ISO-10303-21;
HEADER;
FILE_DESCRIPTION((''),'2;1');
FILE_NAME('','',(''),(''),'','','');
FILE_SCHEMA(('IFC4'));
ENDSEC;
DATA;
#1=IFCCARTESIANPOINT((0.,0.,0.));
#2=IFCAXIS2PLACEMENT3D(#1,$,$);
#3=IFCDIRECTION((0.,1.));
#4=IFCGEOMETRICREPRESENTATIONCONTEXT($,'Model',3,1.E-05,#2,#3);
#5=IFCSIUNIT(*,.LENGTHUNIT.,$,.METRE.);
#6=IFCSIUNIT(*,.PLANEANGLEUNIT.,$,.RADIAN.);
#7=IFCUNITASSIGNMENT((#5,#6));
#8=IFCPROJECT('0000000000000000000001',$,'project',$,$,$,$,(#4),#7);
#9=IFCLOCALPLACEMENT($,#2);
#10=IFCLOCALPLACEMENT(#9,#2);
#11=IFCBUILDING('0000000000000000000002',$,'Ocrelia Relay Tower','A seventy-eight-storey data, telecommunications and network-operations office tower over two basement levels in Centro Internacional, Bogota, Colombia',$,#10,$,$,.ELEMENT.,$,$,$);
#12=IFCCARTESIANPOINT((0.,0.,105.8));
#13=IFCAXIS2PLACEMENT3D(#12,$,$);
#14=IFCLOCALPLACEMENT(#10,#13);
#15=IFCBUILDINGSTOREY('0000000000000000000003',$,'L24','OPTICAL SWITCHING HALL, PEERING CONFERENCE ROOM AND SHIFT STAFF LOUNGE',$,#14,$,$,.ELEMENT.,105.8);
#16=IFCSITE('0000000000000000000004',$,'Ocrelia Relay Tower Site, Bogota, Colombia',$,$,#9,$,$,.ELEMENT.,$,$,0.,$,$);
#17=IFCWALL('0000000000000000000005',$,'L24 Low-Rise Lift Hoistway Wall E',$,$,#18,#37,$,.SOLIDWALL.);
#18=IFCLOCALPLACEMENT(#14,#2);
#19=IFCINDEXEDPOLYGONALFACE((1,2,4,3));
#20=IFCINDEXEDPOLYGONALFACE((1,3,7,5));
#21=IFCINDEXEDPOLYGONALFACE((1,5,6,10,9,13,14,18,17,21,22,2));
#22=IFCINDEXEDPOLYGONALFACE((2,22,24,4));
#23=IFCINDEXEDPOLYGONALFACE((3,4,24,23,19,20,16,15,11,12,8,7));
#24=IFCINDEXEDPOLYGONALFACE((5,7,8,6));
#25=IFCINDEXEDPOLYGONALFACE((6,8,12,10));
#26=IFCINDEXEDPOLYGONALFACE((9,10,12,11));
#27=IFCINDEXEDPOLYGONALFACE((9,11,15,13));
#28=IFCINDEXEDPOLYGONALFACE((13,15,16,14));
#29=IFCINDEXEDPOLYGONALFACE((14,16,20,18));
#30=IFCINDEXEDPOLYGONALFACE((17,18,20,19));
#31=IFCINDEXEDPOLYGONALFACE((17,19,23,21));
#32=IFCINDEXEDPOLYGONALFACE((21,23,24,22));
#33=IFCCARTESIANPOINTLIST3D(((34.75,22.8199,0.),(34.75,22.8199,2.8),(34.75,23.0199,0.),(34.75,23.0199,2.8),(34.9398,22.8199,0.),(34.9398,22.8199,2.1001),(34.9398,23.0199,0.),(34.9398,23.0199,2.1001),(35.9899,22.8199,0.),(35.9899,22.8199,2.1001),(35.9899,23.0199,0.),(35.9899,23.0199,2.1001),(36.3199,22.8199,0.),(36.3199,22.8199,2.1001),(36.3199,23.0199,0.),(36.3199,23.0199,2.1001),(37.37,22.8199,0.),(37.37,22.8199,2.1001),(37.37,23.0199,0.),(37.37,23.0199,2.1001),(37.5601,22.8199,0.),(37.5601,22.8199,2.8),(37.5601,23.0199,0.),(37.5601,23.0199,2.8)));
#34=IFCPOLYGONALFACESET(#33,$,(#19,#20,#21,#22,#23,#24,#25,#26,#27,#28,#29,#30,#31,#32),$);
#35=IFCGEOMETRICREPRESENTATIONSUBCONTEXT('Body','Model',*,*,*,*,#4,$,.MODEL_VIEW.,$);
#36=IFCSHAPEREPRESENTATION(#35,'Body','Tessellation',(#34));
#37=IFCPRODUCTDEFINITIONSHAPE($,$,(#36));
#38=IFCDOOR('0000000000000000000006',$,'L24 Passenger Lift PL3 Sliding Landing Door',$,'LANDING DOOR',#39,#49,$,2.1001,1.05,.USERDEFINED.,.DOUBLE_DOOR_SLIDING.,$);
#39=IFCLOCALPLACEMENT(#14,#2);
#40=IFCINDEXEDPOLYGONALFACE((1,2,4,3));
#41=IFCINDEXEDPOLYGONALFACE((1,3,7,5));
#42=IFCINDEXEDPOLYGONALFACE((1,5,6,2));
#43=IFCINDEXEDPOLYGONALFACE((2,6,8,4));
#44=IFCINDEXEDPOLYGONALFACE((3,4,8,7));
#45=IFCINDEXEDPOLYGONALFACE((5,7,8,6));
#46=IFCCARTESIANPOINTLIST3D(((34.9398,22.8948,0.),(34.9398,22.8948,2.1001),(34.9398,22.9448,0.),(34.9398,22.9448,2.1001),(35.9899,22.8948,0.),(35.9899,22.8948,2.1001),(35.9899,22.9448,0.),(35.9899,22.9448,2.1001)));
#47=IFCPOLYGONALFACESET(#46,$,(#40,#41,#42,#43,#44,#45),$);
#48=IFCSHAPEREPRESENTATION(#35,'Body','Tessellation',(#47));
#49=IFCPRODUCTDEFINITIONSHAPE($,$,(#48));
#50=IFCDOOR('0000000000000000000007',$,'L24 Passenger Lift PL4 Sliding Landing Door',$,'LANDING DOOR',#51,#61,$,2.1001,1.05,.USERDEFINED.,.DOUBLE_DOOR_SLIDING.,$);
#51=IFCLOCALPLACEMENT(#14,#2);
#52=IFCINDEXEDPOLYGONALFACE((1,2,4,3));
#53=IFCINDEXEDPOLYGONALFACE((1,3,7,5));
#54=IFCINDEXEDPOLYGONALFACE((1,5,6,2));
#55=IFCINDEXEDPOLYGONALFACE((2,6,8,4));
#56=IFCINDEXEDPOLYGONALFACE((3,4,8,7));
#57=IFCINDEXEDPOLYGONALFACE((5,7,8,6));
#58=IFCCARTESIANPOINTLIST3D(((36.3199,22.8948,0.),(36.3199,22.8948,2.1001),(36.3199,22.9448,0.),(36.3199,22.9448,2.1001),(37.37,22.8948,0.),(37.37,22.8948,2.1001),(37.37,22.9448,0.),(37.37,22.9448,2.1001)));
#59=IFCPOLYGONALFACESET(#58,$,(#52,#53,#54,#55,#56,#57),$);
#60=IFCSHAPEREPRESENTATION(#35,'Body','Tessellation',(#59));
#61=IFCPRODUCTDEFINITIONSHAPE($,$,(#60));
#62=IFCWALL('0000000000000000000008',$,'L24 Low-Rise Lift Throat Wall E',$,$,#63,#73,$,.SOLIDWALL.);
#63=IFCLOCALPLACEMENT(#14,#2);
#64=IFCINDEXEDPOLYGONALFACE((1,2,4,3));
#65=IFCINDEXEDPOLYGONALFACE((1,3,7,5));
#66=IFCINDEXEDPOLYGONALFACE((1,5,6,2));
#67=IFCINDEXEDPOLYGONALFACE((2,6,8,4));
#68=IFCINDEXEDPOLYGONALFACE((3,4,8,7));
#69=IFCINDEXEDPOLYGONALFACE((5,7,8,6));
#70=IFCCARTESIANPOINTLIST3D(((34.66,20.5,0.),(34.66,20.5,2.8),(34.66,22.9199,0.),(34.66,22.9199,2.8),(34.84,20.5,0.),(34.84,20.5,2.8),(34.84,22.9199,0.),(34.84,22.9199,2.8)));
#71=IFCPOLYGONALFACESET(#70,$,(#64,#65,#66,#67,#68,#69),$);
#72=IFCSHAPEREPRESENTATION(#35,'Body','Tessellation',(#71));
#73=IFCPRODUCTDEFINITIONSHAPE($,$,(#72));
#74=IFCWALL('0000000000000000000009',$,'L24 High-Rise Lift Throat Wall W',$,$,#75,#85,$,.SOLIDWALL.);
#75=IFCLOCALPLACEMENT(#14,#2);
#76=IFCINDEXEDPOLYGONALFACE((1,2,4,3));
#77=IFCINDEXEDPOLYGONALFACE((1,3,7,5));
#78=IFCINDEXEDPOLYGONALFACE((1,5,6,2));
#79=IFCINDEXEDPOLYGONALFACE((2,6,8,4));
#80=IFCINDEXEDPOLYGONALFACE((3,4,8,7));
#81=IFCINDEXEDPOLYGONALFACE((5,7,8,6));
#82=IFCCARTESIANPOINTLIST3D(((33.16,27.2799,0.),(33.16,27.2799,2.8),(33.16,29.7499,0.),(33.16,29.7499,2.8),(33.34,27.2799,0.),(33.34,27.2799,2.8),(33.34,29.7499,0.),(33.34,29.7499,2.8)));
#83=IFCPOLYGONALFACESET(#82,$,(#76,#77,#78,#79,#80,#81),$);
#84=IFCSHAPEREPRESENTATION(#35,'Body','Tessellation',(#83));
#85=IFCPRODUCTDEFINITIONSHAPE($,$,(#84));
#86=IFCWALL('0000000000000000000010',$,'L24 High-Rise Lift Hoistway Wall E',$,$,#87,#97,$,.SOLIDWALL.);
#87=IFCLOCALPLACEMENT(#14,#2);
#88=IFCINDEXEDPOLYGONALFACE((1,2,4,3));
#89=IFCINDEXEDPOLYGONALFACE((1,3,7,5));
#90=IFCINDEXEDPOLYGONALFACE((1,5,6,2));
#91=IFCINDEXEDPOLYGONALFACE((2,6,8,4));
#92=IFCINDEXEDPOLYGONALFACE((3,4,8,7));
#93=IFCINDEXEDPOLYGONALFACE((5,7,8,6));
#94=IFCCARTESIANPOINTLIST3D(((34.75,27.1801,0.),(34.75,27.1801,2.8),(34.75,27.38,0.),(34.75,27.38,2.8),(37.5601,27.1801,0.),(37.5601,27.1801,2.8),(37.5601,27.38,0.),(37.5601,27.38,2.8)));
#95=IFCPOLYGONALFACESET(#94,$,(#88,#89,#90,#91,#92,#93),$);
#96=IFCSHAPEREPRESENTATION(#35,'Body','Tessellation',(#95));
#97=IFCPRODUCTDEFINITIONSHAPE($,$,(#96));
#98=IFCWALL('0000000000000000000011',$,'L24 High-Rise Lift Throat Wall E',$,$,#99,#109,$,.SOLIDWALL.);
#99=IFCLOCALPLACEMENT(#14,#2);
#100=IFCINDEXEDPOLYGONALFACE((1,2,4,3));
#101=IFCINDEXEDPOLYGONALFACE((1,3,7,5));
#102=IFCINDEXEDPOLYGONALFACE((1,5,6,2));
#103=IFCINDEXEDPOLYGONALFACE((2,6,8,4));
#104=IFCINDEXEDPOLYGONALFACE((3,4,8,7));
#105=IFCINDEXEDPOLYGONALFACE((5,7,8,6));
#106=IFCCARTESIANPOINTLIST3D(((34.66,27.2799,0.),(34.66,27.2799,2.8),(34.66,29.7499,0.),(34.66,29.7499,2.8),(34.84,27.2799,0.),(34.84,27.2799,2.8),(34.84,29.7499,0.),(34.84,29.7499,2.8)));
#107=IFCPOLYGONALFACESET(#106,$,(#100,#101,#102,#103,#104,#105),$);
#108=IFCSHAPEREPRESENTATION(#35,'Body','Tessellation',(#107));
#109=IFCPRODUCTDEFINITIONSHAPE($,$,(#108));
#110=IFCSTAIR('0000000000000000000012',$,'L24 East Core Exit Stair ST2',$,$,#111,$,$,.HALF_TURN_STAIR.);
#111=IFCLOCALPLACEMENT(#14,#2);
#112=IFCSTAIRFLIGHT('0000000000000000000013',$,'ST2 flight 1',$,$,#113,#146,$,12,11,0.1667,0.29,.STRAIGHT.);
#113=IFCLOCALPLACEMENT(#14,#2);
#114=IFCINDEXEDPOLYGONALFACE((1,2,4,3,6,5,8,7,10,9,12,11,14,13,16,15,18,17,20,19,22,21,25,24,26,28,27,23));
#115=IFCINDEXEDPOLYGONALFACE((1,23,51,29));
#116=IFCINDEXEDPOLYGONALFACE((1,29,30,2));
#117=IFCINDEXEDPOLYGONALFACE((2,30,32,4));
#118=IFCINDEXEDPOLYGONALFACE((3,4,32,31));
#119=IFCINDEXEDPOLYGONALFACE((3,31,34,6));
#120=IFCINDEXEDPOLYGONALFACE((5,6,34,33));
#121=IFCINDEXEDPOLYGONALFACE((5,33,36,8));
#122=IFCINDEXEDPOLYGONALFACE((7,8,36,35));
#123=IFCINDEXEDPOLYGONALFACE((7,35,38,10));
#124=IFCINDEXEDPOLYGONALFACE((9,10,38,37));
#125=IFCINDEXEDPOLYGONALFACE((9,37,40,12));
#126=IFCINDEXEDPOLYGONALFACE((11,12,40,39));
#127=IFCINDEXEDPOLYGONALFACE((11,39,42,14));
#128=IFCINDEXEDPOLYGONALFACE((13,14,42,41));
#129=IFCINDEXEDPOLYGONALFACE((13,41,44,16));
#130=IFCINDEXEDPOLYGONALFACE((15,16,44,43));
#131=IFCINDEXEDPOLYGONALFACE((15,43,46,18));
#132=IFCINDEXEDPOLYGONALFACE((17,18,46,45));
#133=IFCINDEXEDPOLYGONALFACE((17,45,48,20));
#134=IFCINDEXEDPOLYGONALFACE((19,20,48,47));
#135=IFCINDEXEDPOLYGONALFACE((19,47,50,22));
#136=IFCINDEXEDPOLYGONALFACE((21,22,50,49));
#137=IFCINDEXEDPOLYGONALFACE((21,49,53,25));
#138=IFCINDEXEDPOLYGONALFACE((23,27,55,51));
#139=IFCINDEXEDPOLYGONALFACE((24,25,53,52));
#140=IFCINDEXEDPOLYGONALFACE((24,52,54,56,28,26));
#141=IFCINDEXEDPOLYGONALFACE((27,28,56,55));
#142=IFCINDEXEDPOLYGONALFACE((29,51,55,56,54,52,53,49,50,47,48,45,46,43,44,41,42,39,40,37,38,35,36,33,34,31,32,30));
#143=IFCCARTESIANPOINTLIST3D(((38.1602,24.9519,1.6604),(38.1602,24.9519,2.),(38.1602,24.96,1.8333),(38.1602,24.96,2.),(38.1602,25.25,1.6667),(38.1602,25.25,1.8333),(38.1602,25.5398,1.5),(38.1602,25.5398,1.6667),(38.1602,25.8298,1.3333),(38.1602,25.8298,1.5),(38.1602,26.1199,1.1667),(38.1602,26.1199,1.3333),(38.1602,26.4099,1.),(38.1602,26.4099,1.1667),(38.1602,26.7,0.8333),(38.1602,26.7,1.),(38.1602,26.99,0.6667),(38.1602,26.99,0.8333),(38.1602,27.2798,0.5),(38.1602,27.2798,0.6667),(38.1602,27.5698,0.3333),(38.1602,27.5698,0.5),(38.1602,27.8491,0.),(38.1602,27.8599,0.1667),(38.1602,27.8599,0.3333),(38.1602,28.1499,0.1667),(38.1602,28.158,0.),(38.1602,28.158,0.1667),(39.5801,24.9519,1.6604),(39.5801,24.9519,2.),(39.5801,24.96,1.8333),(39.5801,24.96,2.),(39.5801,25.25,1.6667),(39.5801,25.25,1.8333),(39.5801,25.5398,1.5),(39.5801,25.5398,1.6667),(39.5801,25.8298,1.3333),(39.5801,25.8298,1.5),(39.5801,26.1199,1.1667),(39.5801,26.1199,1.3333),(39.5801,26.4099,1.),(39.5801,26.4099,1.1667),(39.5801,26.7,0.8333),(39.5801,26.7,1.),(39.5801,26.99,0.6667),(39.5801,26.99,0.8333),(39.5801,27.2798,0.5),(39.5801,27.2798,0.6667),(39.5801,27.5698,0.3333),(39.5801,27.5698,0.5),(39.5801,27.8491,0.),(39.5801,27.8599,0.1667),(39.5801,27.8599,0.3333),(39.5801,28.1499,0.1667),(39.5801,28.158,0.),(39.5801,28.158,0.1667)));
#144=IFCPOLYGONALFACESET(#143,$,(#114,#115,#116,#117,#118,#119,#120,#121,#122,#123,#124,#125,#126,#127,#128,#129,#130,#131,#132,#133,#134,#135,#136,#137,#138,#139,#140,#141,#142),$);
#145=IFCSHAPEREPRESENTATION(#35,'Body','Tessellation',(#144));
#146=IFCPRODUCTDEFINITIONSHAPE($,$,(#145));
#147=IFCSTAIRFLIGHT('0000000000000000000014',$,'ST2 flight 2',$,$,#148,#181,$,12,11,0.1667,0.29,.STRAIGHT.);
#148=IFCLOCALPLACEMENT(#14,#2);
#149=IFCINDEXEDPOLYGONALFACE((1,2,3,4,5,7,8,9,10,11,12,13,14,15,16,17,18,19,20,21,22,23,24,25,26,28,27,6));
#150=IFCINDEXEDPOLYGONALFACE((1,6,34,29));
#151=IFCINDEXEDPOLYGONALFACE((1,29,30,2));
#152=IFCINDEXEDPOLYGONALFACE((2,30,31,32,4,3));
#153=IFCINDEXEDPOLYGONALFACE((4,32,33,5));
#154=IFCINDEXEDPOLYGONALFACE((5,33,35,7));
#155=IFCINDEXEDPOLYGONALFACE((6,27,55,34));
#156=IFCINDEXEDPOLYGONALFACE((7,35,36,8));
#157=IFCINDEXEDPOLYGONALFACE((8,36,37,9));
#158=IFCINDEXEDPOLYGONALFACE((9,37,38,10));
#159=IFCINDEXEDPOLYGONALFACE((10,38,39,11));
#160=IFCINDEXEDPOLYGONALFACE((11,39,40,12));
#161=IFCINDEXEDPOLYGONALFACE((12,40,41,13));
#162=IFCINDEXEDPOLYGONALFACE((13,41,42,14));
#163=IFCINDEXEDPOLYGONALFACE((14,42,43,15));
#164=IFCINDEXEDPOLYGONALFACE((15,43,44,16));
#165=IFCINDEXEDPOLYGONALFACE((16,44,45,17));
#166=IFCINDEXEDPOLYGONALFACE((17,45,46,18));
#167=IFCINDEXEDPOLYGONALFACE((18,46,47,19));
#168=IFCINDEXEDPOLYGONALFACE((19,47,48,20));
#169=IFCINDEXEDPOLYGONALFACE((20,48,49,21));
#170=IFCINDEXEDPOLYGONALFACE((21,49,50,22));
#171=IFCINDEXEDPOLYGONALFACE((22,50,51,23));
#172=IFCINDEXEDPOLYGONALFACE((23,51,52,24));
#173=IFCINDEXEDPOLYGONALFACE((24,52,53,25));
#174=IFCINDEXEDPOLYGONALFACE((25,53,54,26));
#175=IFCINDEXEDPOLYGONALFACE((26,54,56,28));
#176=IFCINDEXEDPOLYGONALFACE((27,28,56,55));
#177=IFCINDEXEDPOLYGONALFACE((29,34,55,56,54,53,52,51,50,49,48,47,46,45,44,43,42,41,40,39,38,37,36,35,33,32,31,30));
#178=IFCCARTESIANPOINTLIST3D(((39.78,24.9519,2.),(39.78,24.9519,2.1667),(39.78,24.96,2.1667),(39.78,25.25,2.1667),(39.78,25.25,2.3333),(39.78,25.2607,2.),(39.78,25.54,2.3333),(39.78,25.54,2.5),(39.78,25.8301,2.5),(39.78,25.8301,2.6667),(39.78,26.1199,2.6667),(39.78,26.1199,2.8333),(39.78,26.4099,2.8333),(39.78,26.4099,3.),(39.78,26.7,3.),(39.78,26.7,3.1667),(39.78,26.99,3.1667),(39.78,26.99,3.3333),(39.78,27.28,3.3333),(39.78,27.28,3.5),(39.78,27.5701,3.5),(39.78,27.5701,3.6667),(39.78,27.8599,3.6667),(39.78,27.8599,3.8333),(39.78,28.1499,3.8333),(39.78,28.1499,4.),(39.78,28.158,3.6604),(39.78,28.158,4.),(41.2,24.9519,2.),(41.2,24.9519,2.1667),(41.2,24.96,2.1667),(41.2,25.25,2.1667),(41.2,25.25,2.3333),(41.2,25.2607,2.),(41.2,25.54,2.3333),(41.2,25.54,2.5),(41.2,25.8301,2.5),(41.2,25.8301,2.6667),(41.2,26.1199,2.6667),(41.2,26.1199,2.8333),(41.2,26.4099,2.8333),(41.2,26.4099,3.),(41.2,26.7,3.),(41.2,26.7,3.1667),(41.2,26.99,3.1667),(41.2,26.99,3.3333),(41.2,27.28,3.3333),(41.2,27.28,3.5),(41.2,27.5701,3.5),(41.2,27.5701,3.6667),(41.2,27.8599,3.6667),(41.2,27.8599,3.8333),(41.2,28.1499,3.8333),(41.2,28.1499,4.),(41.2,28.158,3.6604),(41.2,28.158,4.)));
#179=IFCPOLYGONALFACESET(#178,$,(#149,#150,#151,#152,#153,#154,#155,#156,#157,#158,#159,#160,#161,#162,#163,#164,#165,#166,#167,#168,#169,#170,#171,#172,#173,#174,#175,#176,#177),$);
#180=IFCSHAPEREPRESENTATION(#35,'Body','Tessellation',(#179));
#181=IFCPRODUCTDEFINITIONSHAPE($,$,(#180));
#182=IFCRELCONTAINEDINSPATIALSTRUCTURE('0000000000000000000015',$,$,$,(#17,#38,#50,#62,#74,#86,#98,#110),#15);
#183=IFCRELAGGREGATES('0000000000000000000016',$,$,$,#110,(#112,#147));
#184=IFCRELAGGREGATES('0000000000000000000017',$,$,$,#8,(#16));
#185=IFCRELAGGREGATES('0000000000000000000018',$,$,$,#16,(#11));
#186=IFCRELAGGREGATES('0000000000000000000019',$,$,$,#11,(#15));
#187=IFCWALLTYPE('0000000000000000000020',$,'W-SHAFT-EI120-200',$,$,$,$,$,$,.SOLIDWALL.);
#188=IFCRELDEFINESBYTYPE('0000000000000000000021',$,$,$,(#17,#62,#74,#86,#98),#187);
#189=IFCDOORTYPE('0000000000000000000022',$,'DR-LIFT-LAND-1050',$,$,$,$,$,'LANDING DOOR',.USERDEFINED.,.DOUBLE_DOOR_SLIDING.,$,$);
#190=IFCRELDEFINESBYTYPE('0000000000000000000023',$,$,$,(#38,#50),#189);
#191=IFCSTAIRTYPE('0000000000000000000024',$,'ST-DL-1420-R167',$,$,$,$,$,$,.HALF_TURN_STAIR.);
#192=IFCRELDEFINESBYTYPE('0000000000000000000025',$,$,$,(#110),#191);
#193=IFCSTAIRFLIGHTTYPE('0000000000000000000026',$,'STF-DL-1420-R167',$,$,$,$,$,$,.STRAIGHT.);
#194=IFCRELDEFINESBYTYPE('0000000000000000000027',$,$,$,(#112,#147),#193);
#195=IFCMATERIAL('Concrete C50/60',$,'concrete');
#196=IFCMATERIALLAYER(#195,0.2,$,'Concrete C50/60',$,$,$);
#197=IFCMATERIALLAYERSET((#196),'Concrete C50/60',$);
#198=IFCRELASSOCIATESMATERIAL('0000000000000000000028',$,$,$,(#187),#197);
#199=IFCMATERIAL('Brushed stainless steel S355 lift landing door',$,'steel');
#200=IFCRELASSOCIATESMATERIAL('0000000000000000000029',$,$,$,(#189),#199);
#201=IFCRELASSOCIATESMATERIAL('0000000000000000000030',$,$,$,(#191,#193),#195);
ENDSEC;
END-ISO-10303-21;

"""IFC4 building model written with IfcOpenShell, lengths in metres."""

from ifc_helpers import new_model, si_unit, direction, frame, frame_2d, origin, place, context, subcontext, project, spatial, polyline, rectangle, outline, extrude, material, layer, layer_set, type_object, element, fill, aggregate, save


model = new_model("IFC4")

# Units and contexts
model_context = context("Model", 3, precision=1e-05, world=origin(), true_north=direction((0.0, 1.0)))
body_context = subcontext(model_context, "Body", "Model", "MODEL_VIEW")
ifc_project = project(units=[si_unit("LENGTHUNIT", "METRE"), si_unit("PLANEANGLEUNIT", "RADIAN")], contexts=[model_context])

# Site, building, storey
site_placement = place(None, origin())
site = spatial("IfcSite", under=ifc_project, at=site_placement, Name="Ocrelia Relay Tower Site, Bogota, Colombia", CompositionType="ELEMENT", RefElevation=0.0)
building_placement = place(site_placement, origin())
building = spatial("IfcBuilding", under=site, at=building_placement, Name="Ocrelia Relay Tower", Description="A seventy-eight-storey data, telecommunications and network-operations office tower over two basement levels in Centro Internacional, Bogota, Colombia", CompositionType="ELEMENT")
storey_placement = place(building_placement, frame((0.0, 0.0, 105.8)))
storey = spatial("IfcBuildingStorey", under=building, at=storey_placement, Name="L24", Description="OPTICAL SWITCHING HALL, PEERING CONFERENCE ROOM AND SHIFT STAFF LOUNGE", CompositionType="ELEMENT", Elevation=105.8)

# Shared definitions
ifc_material_1 = material(Name="Concrete C50/60", Category="concrete")
ifc_layer_1 = layer(ifc_material_1, 0.2, Name="Concrete C50/60")
ifc_layer_set_1 = layer_set([ifc_layer_1], Name="Concrete C50/60")
wall_type_1 = type_object("IfcWallType", Name="W-SHAFT-EI120-200", PredefinedType="SOLIDWALL", material=ifc_layer_set_1)

# Wall, openings, doors
wall_1_placement = place(storey_placement, frame((34.75, 22.9199, 0.0), z_axis=(0.0, 0.0, 1.0), x_axis=(1.0, 0.0, 0.0)))
wall_1 = element("IfcWall", 1, at=wall_1_placement, inside=storey, type_object=wall_type_1, Name="L24 Low-Rise Lift Hoistway Wall E", PredefinedType="SOLIDWALL", context=body_context, shape_type="SweptSolid", body=[
    extrude(rectangle(XDim=2.8101, YDim=0.2, at=frame_2d((1.405, 0.0))), origin(), (0.0, 0.0, 1.0), 2.8),
])
opening_1_placement = place(wall_1_placement, frame((0.1899, 0.0, 0.0)))
opening_1 = element("IfcOpeningElement", 2, at=opening_1_placement, cuts=wall_1, PredefinedType="OPENING", context=body_context, shape_type="SweptSolid", body=[
    extrude(rectangle(XDim=1.05, YDim=2.1001, at=frame_2d((0.5249, 1.05))), frame((0.0, 0.1099, 0.0), z_axis=(0.0, -1.0, 0.0), x_axis=(1.0, 0.0, 0.0)), (0.0, 0.0, 1.0), 0.22),
])
opening_2_placement = place(wall_1_placement, frame((1.5701, 0.0, 0.0)))
opening_2 = element("IfcOpeningElement", 3, at=opening_2_placement, cuts=wall_1, PredefinedType="OPENING", context=body_context, shape_type="SweptSolid", body=[
    extrude(rectangle(XDim=1.05, YDim=2.1001, at=frame_2d((0.5249, 1.05))), frame((0.0, 0.1099, 0.0), z_axis=(0.0, -1.0, 0.0), x_axis=(1.0, 0.0, 0.0)), (0.0, 0.0, 1.0), 0.22),
])
ifc_material_2 = material(Name="Brushed stainless steel S355 lift landing door", Category="steel")
door_type = type_object("IfcDoorType", Name="DR-LIFT-LAND-1050", ElementType="LANDING DOOR", OperationType="DOUBLE_DOOR_SLIDING", PredefinedType="USERDEFINED", material=ifc_material_2)
door_1_placement = place(opening_1_placement, origin())
door_1 = element("IfcDoor", 4, at=door_1_placement, inside=storey, type_object=door_type, Name="L24 Passenger Lift PL3 Sliding Landing Door", ObjectType="LANDING DOOR", OperationType="DOUBLE_DOOR_SLIDING", OverallHeight=2.1001, OverallWidth=1.05, PredefinedType="USERDEFINED", context=body_context, shape_type="SweptSolid", body=[
    extrude(rectangle(XDim=1.05, YDim=2.1001, at=frame_2d((0.5249, 1.05))), frame((0.0, 0.0249, 0.0), z_axis=(0.0, -1.0, 0.0), x_axis=(1.0, 0.0, 0.0)), (0.0, 0.0, 1.0), 0.05),
])
fill(opening_1, door_1)
door_2_placement = place(opening_2_placement, origin())
door_2 = element("IfcDoor", 5, at=door_2_placement, inside=storey, type_object=door_type, Name="L24 Passenger Lift PL4 Sliding Landing Door", ObjectType="LANDING DOOR", OperationType="DOUBLE_DOOR_SLIDING", OverallHeight=2.1001, OverallWidth=1.05, PredefinedType="USERDEFINED", context=body_context, shape_type="SweptSolid", body=[
    extrude(rectangle(XDim=1.05, YDim=2.1001, at=frame_2d((0.5249, 1.05))), frame((0.0, 0.0249, 0.0), z_axis=(0.0, -1.0, 0.0), x_axis=(1.0, 0.0, 0.0)), (0.0, 0.0, 1.0), 0.05),
])
fill(opening_2, door_2)

# Walls
wall_2_placement = place(storey_placement, frame((34.75, 20.5, 0.0), z_axis=(0.0, 0.0, 1.0), x_axis=(0.0, 1.0, 0.0)))
element("IfcWall", 6, at=wall_2_placement, inside=storey, type_object=wall_type_1, Name="L24 Low-Rise Lift Throat Wall E", PredefinedType="SOLIDWALL", context=body_context, shape_type="SweptSolid", body=[
    extrude(rectangle(XDim=2.4199, YDim=0.1799, at=frame_2d((1.21, 0.0))), origin(), (0.0, 0.0, 1.0), 2.8),
])
wall_3_placement = place(storey_placement, frame((33.25, 27.28, 0.0), z_axis=(0.0, 0.0, 1.0), x_axis=(0.0, 1.0, 0.0)))
element("IfcWall", 7, at=wall_3_placement, inside=storey, type_object=wall_type_1, Name="L24 High-Rise Lift Throat Wall W", PredefinedType="SOLIDWALL", context=body_context, shape_type="SweptSolid", body=[
    extrude(rectangle(XDim=2.47, YDim=0.1799, at=frame_2d((1.2349, 0.0))), origin(), (0.0, 0.0, 1.0), 2.8),
])
wall_4_placement = place(storey_placement, frame((34.75, 27.28, 0.0), z_axis=(0.0, 0.0, 1.0), x_axis=(1.0, 0.0, 0.0)))
element("IfcWall", 8, at=wall_4_placement, inside=storey, type_object=wall_type_1, Name="L24 High-Rise Lift Hoistway Wall E", PredefinedType="SOLIDWALL", context=body_context, shape_type="SweptSolid", body=[
    extrude(rectangle(XDim=2.8101, YDim=0.2, at=frame_2d((1.405, 0.0))), origin(), (0.0, 0.0, 1.0), 2.8),
])
wall_5_placement = place(storey_placement, frame((34.75, 27.28, 0.0), z_axis=(0.0, 0.0, 1.0), x_axis=(0.0, 1.0, 0.0)))
element("IfcWall", 9, at=wall_5_placement, inside=storey, type_object=wall_type_1, Name="L24 High-Rise Lift Throat Wall E", PredefinedType="SOLIDWALL", context=body_context, shape_type="SweptSolid", body=[
    extrude(rectangle(XDim=2.47, YDim=0.1799, at=frame_2d((1.2349, 0.0))), origin(), (0.0, 0.0, 1.0), 2.8),
])

# Stair, stair flights
stair_type = type_object("IfcStairType", Name="ST-DL-1420-R167", PredefinedType="HALF_TURN_STAIR", material=ifc_material_1)
stair_placement = place(storey_placement, origin())
stair = element("IfcStair", 10, at=stair_placement, inside=storey, type_object=stair_type, Name="L24 East Core Exit Stair ST2", PredefinedType="HALF_TURN_STAIR")
stair_flight_type = type_object("IfcStairFlightType", Name="STF-DL-1420-R167", PredefinedType="STRAIGHT", material=ifc_material_1)
stair_flight_1_placement = place(storey_placement, frame((38.8701, 28.1499, 0.0), z_axis=(0.0, 0.0, 1.0), x_axis=(0.0, -1.0, 0.0)))
stair_flight_1 = element("IfcStairFlight", 11, at=stair_flight_1_placement, type_object=stair_flight_type, Name="ST2 flight 1", NumberOfRisers=12, NumberOfTreads=11, PredefinedType="STRAIGHT", RiserHeight=0.1667, TreadLength=0.29, context=body_context, shape_type="SweptSolid", body=[
    extrude(outline(polyline([(-0.0081, 0.0), (-0.0081, 0.1667), (0.0, 0.1667), (0.29, 0.1667), (0.29, 0.3333), (0.5801, 0.3333), (0.5801, 0.5), (0.8701, 0.5), (0.8701, 0.6667), (1.1599, 0.6667), (1.1599, 0.8333), (1.45, 0.8333), (1.45, 1.0), (1.74, 1.0), (1.74, 1.1667), (2.03, 1.1667), (2.03, 1.3333), (2.3201, 1.3333), (2.3201, 1.5), (2.6101, 1.5), (2.6101, 1.6667), (2.8999, 1.6667), (2.8999, 1.8333), (3.1899, 1.8333), (3.1899, 2.0), (3.198, 2.0), (3.198, 1.6604), (0.3008, 0.0), (-0.0081, 0.0)])), frame((0.0, 0.71, 0.0), z_axis=(0.0, -1.0, 0.0), x_axis=(1.0, 0.0, 0.0)), (0.0, 0.0, 1.0), 1.4199),
])
stair_flight_2_placement = place(storey_placement, frame((40.49, 24.96, 2.0), z_axis=(0.0, 0.0, 1.0), x_axis=(0.0, 1.0, 0.0)))
stair_flight_2 = element("IfcStairFlight", 12, at=stair_flight_2_placement, type_object=stair_flight_type, Name="ST2 flight 2", NumberOfRisers=12, NumberOfTreads=11, PredefinedType="STRAIGHT", RiserHeight=0.1667, TreadLength=0.29, context=body_context, shape_type="SweptSolid", body=[
    extrude(outline(polyline([(-0.0081, 0.0), (-0.0081, 0.1667), (0.0, 0.1667), (0.29, 0.1667), (0.29, 0.3333), (0.5801, 0.3333), (0.5801, 0.5), (0.8701, 0.5), (0.8701, 0.6667), (1.1599, 0.6667), (1.1599, 0.8333), (1.45, 0.8333), (1.45, 1.0), (1.74, 1.0), (1.74, 1.1667), (2.03, 1.1667), (2.03, 1.3333), (2.3201, 1.3333), (2.3201, 1.5), (2.6101, 1.5), (2.6101, 1.6667), (2.8999, 1.6667), (2.8999, 1.8333), (3.1899, 1.8333), (3.1899, 2.0), (3.198, 2.0), (3.198, 1.6604), (0.3008, 0.0), (-0.0081, 0.0)])), frame((0.0, 0.71, 0.0), z_axis=(0.0, -1.0, 0.0), x_axis=(1.0, 0.0, 0.0)), (0.0, 0.0, 1.0), 1.4199),
])
aggregate(stair, [stair_flight_1, stair_flight_2])

save(model, "model.ifc")
